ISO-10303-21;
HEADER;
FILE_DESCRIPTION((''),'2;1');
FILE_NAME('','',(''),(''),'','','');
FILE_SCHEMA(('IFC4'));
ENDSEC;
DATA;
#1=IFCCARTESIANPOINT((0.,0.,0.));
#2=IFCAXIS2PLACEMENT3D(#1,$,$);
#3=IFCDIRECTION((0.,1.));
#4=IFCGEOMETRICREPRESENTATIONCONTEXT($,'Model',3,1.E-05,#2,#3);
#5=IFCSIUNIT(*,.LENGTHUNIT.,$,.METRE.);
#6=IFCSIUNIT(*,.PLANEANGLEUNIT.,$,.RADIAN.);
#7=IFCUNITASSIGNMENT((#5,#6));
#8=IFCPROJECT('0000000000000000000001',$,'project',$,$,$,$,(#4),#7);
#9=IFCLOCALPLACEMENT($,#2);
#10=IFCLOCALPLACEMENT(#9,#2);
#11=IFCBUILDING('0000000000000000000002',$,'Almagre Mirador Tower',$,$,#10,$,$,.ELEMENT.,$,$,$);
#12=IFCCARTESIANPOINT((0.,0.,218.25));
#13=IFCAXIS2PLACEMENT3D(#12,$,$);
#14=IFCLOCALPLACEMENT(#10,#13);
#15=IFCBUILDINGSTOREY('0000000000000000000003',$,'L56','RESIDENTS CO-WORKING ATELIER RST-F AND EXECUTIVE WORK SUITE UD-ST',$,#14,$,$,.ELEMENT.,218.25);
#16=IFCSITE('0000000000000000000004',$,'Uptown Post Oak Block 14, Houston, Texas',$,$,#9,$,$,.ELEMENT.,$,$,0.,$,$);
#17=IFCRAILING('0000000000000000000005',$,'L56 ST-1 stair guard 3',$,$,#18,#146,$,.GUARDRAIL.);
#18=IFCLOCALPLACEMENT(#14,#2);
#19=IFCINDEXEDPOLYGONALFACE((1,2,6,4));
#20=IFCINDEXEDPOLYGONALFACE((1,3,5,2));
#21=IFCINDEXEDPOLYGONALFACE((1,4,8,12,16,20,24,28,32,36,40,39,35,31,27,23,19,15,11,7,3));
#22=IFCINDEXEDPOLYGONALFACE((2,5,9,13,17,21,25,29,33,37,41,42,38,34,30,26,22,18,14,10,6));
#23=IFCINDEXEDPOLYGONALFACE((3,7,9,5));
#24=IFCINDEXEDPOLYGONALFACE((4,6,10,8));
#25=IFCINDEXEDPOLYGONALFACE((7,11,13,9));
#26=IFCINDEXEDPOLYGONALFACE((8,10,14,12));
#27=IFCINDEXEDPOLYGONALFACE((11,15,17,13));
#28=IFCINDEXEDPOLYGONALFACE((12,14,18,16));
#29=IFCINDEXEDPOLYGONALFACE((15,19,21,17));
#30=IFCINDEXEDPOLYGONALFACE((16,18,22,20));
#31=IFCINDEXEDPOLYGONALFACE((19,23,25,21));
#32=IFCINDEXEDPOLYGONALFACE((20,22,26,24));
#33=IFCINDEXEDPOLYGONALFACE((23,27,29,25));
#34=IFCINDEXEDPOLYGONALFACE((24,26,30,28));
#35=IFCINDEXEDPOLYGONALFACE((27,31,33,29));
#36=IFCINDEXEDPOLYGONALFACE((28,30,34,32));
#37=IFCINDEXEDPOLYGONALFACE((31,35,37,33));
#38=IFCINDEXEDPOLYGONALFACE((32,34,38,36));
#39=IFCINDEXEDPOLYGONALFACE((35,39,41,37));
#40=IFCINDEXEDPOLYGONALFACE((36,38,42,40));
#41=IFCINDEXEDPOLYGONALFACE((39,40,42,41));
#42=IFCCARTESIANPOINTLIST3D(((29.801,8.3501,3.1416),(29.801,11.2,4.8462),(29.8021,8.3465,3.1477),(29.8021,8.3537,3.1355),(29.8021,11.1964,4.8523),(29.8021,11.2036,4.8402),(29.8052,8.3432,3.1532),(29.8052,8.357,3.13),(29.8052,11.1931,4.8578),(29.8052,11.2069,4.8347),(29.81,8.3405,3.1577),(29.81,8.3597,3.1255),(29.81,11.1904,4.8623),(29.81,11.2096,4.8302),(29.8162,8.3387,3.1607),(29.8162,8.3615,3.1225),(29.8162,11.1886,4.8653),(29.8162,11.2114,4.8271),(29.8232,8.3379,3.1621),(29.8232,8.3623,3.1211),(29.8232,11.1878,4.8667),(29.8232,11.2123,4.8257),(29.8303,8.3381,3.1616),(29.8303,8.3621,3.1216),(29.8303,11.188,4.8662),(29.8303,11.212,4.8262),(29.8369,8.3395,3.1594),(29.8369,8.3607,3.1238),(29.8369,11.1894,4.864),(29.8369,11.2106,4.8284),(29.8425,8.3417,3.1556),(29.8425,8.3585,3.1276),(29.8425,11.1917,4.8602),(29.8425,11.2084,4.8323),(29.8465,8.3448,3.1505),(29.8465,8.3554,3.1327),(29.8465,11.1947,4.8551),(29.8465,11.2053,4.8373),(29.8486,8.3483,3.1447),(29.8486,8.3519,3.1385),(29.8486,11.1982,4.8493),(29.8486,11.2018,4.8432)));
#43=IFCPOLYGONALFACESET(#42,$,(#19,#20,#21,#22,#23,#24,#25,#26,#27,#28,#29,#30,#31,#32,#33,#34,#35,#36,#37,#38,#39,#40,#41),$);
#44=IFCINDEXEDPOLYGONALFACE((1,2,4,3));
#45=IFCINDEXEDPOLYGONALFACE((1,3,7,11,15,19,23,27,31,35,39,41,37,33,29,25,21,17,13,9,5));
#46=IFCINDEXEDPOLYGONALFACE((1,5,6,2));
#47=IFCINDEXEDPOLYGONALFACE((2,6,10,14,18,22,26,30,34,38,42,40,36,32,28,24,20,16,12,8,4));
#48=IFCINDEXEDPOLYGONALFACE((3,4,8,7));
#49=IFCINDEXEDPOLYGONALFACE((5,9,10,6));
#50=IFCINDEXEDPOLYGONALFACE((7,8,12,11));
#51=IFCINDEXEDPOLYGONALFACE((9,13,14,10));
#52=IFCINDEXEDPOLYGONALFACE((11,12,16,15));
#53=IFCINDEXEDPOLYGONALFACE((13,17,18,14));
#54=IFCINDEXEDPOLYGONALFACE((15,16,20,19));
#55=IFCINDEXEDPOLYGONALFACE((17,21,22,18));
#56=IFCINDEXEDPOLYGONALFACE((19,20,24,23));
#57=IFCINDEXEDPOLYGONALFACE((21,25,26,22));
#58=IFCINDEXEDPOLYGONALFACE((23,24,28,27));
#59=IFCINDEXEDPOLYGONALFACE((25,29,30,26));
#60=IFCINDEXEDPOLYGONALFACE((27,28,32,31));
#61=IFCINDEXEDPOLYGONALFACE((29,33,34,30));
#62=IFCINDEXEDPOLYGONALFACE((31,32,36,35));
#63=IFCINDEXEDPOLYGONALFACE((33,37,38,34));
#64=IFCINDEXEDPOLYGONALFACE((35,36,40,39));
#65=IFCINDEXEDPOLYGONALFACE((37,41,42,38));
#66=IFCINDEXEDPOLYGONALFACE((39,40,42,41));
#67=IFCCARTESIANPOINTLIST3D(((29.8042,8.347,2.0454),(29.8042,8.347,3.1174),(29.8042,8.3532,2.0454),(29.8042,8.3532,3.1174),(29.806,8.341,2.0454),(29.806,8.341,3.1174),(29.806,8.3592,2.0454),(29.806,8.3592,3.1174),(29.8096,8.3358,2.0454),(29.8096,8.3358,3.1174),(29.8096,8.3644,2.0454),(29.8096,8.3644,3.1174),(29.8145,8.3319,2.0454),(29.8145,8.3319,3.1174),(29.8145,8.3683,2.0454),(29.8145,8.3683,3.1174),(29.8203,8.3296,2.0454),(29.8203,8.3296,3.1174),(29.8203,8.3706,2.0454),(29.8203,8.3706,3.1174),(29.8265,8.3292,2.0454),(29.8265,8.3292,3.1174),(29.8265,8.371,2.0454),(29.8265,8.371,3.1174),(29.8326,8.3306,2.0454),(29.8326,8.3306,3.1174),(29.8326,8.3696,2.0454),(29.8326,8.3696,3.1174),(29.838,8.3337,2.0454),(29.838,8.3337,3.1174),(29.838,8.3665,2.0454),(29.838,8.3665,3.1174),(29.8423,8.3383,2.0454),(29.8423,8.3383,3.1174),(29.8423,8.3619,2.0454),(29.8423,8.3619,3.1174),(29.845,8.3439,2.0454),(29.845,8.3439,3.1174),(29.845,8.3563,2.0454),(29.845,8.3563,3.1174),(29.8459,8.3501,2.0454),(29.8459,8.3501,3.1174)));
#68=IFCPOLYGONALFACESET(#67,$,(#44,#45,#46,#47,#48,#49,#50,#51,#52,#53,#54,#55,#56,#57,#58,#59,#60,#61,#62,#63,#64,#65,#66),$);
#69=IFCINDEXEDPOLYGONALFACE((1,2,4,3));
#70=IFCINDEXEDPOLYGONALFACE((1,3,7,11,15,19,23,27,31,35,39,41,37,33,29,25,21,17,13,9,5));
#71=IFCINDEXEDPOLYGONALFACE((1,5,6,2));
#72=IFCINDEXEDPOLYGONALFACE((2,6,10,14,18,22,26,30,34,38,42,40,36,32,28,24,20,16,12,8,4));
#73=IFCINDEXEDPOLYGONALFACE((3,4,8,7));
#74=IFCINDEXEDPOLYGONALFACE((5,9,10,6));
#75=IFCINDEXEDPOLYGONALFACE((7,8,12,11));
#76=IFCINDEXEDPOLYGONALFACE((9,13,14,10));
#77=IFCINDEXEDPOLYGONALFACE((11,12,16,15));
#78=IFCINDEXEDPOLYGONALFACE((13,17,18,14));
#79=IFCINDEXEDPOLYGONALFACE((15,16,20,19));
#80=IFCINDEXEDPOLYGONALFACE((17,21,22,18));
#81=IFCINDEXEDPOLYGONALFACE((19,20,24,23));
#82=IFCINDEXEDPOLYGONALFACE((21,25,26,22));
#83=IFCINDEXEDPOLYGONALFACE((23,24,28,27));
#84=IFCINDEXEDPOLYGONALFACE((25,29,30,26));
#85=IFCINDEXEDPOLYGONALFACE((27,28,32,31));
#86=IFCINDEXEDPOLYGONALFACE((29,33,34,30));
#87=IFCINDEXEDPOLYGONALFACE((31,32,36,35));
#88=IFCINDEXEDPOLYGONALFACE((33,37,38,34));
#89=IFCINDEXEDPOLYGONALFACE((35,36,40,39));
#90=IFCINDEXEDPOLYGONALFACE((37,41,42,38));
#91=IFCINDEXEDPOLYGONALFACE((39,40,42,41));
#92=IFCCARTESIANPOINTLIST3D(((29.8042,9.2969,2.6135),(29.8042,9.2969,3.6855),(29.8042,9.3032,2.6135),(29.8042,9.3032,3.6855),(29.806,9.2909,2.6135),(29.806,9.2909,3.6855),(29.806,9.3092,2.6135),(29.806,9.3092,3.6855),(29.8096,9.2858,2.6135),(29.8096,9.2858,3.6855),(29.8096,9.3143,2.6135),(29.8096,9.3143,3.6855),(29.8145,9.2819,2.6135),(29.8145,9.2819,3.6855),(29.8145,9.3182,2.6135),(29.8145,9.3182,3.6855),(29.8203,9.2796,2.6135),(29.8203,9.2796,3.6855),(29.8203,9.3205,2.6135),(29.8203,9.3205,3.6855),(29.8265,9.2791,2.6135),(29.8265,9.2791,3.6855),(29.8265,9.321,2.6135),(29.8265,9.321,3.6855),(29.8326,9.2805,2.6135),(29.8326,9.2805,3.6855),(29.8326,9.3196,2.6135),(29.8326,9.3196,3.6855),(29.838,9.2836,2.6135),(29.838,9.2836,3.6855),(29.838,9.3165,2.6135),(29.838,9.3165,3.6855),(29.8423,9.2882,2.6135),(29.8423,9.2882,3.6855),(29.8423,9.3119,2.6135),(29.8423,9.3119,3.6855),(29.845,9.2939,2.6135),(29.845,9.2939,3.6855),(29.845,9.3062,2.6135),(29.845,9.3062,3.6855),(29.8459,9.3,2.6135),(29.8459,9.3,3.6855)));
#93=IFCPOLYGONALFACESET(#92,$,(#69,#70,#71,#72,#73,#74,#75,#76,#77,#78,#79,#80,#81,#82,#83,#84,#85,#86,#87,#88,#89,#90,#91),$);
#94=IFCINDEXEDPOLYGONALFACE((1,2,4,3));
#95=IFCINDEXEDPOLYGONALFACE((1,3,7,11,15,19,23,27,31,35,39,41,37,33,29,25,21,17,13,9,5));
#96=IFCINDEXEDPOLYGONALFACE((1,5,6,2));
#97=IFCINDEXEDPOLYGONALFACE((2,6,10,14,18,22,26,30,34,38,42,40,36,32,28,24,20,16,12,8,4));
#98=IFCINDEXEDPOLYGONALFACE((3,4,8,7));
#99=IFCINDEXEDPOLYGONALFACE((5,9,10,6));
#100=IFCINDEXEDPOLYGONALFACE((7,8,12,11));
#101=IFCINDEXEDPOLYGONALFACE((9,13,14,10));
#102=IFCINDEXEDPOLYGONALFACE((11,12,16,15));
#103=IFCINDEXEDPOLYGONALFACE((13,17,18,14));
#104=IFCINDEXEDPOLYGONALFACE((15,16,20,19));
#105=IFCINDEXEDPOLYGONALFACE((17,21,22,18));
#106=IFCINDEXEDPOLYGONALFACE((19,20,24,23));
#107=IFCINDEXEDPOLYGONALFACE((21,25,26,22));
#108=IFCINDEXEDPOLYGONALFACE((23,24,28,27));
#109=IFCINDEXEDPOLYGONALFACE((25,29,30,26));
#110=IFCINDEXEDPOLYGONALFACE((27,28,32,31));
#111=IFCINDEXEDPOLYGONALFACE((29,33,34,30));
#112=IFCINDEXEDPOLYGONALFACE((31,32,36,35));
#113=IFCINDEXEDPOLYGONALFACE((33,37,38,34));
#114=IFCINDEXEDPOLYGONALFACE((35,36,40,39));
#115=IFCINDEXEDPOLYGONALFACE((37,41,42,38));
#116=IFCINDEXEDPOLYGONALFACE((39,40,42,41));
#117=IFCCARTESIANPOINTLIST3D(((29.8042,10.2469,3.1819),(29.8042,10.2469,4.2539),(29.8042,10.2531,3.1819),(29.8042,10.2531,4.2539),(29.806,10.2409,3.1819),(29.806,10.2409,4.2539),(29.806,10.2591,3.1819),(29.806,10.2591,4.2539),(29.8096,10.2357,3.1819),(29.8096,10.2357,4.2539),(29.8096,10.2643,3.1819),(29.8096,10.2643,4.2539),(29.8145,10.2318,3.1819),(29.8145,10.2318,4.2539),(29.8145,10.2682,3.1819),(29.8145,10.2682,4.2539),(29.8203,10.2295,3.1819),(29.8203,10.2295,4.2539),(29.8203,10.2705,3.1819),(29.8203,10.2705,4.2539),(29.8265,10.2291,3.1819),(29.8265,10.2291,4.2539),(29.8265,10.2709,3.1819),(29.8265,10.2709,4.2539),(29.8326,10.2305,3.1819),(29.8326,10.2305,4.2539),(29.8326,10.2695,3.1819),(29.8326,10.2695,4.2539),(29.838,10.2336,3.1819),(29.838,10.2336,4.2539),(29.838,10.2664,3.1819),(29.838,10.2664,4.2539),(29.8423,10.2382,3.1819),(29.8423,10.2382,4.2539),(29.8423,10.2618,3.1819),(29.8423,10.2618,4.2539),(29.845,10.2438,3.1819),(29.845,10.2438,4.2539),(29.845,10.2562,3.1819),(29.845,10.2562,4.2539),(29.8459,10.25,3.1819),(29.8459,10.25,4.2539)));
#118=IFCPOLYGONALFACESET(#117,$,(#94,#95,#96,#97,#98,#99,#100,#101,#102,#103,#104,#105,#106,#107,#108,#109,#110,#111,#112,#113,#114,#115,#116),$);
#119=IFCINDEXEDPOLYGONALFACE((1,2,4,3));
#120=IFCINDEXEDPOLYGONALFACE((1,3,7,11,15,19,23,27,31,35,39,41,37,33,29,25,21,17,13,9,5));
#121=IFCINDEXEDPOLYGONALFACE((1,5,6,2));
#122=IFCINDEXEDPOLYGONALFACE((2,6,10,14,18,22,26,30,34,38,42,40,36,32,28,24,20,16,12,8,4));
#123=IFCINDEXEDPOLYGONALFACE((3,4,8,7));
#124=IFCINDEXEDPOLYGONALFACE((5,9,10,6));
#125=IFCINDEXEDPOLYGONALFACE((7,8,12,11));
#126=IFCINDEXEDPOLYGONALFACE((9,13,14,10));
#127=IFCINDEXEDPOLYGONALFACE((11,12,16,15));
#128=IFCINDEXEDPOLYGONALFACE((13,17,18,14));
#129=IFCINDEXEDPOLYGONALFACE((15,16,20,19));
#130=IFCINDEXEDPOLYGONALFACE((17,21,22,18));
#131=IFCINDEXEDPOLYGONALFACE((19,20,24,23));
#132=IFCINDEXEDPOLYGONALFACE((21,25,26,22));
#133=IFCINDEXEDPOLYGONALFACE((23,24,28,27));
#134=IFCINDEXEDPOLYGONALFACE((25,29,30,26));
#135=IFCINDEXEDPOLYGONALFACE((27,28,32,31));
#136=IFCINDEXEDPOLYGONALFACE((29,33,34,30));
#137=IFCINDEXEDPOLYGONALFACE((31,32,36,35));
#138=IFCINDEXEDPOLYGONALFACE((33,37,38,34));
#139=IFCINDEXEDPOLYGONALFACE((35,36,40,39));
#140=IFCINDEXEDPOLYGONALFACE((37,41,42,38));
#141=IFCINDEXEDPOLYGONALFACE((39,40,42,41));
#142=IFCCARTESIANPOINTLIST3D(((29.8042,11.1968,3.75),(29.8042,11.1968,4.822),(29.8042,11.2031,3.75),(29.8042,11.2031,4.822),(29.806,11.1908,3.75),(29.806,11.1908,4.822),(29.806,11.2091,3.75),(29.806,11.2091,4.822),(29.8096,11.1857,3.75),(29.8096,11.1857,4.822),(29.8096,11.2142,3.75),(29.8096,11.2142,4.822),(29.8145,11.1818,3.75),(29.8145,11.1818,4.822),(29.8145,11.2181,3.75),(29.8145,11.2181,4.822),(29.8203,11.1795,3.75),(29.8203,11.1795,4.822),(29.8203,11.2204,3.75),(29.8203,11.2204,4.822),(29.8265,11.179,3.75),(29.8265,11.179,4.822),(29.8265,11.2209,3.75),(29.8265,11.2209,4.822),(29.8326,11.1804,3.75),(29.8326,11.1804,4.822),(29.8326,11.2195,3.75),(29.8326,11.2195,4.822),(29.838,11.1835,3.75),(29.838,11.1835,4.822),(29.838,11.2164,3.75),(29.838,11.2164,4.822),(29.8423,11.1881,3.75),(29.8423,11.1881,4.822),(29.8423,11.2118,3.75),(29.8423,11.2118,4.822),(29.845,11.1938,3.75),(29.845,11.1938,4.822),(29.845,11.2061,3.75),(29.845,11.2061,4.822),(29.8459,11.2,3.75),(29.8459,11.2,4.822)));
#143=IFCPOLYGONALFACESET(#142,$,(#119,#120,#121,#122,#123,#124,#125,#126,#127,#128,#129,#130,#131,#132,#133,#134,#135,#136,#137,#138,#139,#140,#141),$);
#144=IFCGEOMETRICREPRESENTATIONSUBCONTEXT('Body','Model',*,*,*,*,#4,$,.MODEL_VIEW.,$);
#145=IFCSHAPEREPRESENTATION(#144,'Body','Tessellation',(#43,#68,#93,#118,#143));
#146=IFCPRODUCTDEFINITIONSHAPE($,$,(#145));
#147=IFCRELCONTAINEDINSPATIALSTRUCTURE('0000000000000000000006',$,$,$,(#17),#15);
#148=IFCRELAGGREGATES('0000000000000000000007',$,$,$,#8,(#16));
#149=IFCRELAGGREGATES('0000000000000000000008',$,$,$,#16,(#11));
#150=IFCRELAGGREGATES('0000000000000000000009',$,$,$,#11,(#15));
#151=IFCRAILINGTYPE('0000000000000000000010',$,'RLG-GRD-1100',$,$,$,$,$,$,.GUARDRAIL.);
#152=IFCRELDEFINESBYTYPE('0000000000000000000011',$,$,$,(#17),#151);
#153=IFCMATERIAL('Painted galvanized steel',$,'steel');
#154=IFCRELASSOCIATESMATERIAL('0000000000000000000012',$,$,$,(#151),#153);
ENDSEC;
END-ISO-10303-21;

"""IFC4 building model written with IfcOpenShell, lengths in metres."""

from ifc_helpers import new_model, si_unit, direction, frame, origin, origin_2d, place, context, subcontext, project, spatial, circle, extrude, material, type_object, element, save


model = new_model("IFC4")

# Units and contexts
model_context = context("Model", 3, precision=1e-05, world=origin(), true_north=direction((0.0, 1.0)))
body_context = subcontext(model_context, "Body", "Model", "MODEL_VIEW")
ifc_project = project(units=[si_unit("LENGTHUNIT", "METRE"), si_unit("PLANEANGLEUNIT", "RADIAN")], contexts=[model_context])

# Site, building, storey
site_placement = place(None, origin())
site = spatial("IfcSite", under=ifc_project, at=site_placement, Name="Uptown Post Oak Block 14, Houston, Texas", CompositionType="ELEMENT", RefElevation=0.0)
building_placement = place(site_placement, origin())
building = spatial("IfcBuilding", under=site, at=building_placement, Name="Almagre Mirador Tower", CompositionType="ELEMENT")
storey_placement = place(building_placement, frame((0.0, 0.0, 218.25)))
storey = spatial("IfcBuildingStorey", under=building, at=storey_placement, Name="L56", Description="RESIDENTS CO-WORKING ATELIER RST-F AND EXECUTIVE WORK SUITE UD-ST", CompositionType="ELEMENT", Elevation=218.25)

# Railing
ifc_material_1 = material(Name="Painted galvanized steel", Category="steel")
railing_type_1 = type_object("IfcRailingType", Name="RLG-GRD-1100", PredefinedType="GUARDRAIL", material=ifc_material_1)
railing_1_placement = place(storey_placement, frame((29.825, 8.3501, 2.0454)))
element("IfcRailing", 1, at=railing_1_placement, inside=storey, type_object=railing_type_1, Name="L56 ST-1 stair guard 3", PredefinedType="GUARDRAIL", context=body_context, shape_type="SweptSolid", body=[
    extrude(circle(Radius=0.0239, at=origin_2d()), frame((0.0, 0.0, 1.0962), z_axis=(0.0, 0.858199, 0.513317), x_axis=(-1.0, 0.0, 0.0)), (0.0, 0.0, 1.0), 3.3208),
    extrude(circle(Radius=0.021, at=origin_2d()), origin(), (0.0, 0.0, 1.0), 1.072),
    extrude(circle(Radius=0.021, at=origin_2d()), frame((0.0, 0.95, 0.5681)), (0.0, 0.0, 1.0), 1.072),
    extrude(circle(Radius=0.021, at=origin_2d()), frame((0.0, 1.8999, 1.1365)), (0.0, 0.0, 1.0), 1.072),
    extrude(circle(Radius=0.021, at=origin_2d()), frame((0.0, 2.8499, 1.7046)), (0.0, 0.0, 1.0), 1.072),
])

save(model, "model.ifc")
